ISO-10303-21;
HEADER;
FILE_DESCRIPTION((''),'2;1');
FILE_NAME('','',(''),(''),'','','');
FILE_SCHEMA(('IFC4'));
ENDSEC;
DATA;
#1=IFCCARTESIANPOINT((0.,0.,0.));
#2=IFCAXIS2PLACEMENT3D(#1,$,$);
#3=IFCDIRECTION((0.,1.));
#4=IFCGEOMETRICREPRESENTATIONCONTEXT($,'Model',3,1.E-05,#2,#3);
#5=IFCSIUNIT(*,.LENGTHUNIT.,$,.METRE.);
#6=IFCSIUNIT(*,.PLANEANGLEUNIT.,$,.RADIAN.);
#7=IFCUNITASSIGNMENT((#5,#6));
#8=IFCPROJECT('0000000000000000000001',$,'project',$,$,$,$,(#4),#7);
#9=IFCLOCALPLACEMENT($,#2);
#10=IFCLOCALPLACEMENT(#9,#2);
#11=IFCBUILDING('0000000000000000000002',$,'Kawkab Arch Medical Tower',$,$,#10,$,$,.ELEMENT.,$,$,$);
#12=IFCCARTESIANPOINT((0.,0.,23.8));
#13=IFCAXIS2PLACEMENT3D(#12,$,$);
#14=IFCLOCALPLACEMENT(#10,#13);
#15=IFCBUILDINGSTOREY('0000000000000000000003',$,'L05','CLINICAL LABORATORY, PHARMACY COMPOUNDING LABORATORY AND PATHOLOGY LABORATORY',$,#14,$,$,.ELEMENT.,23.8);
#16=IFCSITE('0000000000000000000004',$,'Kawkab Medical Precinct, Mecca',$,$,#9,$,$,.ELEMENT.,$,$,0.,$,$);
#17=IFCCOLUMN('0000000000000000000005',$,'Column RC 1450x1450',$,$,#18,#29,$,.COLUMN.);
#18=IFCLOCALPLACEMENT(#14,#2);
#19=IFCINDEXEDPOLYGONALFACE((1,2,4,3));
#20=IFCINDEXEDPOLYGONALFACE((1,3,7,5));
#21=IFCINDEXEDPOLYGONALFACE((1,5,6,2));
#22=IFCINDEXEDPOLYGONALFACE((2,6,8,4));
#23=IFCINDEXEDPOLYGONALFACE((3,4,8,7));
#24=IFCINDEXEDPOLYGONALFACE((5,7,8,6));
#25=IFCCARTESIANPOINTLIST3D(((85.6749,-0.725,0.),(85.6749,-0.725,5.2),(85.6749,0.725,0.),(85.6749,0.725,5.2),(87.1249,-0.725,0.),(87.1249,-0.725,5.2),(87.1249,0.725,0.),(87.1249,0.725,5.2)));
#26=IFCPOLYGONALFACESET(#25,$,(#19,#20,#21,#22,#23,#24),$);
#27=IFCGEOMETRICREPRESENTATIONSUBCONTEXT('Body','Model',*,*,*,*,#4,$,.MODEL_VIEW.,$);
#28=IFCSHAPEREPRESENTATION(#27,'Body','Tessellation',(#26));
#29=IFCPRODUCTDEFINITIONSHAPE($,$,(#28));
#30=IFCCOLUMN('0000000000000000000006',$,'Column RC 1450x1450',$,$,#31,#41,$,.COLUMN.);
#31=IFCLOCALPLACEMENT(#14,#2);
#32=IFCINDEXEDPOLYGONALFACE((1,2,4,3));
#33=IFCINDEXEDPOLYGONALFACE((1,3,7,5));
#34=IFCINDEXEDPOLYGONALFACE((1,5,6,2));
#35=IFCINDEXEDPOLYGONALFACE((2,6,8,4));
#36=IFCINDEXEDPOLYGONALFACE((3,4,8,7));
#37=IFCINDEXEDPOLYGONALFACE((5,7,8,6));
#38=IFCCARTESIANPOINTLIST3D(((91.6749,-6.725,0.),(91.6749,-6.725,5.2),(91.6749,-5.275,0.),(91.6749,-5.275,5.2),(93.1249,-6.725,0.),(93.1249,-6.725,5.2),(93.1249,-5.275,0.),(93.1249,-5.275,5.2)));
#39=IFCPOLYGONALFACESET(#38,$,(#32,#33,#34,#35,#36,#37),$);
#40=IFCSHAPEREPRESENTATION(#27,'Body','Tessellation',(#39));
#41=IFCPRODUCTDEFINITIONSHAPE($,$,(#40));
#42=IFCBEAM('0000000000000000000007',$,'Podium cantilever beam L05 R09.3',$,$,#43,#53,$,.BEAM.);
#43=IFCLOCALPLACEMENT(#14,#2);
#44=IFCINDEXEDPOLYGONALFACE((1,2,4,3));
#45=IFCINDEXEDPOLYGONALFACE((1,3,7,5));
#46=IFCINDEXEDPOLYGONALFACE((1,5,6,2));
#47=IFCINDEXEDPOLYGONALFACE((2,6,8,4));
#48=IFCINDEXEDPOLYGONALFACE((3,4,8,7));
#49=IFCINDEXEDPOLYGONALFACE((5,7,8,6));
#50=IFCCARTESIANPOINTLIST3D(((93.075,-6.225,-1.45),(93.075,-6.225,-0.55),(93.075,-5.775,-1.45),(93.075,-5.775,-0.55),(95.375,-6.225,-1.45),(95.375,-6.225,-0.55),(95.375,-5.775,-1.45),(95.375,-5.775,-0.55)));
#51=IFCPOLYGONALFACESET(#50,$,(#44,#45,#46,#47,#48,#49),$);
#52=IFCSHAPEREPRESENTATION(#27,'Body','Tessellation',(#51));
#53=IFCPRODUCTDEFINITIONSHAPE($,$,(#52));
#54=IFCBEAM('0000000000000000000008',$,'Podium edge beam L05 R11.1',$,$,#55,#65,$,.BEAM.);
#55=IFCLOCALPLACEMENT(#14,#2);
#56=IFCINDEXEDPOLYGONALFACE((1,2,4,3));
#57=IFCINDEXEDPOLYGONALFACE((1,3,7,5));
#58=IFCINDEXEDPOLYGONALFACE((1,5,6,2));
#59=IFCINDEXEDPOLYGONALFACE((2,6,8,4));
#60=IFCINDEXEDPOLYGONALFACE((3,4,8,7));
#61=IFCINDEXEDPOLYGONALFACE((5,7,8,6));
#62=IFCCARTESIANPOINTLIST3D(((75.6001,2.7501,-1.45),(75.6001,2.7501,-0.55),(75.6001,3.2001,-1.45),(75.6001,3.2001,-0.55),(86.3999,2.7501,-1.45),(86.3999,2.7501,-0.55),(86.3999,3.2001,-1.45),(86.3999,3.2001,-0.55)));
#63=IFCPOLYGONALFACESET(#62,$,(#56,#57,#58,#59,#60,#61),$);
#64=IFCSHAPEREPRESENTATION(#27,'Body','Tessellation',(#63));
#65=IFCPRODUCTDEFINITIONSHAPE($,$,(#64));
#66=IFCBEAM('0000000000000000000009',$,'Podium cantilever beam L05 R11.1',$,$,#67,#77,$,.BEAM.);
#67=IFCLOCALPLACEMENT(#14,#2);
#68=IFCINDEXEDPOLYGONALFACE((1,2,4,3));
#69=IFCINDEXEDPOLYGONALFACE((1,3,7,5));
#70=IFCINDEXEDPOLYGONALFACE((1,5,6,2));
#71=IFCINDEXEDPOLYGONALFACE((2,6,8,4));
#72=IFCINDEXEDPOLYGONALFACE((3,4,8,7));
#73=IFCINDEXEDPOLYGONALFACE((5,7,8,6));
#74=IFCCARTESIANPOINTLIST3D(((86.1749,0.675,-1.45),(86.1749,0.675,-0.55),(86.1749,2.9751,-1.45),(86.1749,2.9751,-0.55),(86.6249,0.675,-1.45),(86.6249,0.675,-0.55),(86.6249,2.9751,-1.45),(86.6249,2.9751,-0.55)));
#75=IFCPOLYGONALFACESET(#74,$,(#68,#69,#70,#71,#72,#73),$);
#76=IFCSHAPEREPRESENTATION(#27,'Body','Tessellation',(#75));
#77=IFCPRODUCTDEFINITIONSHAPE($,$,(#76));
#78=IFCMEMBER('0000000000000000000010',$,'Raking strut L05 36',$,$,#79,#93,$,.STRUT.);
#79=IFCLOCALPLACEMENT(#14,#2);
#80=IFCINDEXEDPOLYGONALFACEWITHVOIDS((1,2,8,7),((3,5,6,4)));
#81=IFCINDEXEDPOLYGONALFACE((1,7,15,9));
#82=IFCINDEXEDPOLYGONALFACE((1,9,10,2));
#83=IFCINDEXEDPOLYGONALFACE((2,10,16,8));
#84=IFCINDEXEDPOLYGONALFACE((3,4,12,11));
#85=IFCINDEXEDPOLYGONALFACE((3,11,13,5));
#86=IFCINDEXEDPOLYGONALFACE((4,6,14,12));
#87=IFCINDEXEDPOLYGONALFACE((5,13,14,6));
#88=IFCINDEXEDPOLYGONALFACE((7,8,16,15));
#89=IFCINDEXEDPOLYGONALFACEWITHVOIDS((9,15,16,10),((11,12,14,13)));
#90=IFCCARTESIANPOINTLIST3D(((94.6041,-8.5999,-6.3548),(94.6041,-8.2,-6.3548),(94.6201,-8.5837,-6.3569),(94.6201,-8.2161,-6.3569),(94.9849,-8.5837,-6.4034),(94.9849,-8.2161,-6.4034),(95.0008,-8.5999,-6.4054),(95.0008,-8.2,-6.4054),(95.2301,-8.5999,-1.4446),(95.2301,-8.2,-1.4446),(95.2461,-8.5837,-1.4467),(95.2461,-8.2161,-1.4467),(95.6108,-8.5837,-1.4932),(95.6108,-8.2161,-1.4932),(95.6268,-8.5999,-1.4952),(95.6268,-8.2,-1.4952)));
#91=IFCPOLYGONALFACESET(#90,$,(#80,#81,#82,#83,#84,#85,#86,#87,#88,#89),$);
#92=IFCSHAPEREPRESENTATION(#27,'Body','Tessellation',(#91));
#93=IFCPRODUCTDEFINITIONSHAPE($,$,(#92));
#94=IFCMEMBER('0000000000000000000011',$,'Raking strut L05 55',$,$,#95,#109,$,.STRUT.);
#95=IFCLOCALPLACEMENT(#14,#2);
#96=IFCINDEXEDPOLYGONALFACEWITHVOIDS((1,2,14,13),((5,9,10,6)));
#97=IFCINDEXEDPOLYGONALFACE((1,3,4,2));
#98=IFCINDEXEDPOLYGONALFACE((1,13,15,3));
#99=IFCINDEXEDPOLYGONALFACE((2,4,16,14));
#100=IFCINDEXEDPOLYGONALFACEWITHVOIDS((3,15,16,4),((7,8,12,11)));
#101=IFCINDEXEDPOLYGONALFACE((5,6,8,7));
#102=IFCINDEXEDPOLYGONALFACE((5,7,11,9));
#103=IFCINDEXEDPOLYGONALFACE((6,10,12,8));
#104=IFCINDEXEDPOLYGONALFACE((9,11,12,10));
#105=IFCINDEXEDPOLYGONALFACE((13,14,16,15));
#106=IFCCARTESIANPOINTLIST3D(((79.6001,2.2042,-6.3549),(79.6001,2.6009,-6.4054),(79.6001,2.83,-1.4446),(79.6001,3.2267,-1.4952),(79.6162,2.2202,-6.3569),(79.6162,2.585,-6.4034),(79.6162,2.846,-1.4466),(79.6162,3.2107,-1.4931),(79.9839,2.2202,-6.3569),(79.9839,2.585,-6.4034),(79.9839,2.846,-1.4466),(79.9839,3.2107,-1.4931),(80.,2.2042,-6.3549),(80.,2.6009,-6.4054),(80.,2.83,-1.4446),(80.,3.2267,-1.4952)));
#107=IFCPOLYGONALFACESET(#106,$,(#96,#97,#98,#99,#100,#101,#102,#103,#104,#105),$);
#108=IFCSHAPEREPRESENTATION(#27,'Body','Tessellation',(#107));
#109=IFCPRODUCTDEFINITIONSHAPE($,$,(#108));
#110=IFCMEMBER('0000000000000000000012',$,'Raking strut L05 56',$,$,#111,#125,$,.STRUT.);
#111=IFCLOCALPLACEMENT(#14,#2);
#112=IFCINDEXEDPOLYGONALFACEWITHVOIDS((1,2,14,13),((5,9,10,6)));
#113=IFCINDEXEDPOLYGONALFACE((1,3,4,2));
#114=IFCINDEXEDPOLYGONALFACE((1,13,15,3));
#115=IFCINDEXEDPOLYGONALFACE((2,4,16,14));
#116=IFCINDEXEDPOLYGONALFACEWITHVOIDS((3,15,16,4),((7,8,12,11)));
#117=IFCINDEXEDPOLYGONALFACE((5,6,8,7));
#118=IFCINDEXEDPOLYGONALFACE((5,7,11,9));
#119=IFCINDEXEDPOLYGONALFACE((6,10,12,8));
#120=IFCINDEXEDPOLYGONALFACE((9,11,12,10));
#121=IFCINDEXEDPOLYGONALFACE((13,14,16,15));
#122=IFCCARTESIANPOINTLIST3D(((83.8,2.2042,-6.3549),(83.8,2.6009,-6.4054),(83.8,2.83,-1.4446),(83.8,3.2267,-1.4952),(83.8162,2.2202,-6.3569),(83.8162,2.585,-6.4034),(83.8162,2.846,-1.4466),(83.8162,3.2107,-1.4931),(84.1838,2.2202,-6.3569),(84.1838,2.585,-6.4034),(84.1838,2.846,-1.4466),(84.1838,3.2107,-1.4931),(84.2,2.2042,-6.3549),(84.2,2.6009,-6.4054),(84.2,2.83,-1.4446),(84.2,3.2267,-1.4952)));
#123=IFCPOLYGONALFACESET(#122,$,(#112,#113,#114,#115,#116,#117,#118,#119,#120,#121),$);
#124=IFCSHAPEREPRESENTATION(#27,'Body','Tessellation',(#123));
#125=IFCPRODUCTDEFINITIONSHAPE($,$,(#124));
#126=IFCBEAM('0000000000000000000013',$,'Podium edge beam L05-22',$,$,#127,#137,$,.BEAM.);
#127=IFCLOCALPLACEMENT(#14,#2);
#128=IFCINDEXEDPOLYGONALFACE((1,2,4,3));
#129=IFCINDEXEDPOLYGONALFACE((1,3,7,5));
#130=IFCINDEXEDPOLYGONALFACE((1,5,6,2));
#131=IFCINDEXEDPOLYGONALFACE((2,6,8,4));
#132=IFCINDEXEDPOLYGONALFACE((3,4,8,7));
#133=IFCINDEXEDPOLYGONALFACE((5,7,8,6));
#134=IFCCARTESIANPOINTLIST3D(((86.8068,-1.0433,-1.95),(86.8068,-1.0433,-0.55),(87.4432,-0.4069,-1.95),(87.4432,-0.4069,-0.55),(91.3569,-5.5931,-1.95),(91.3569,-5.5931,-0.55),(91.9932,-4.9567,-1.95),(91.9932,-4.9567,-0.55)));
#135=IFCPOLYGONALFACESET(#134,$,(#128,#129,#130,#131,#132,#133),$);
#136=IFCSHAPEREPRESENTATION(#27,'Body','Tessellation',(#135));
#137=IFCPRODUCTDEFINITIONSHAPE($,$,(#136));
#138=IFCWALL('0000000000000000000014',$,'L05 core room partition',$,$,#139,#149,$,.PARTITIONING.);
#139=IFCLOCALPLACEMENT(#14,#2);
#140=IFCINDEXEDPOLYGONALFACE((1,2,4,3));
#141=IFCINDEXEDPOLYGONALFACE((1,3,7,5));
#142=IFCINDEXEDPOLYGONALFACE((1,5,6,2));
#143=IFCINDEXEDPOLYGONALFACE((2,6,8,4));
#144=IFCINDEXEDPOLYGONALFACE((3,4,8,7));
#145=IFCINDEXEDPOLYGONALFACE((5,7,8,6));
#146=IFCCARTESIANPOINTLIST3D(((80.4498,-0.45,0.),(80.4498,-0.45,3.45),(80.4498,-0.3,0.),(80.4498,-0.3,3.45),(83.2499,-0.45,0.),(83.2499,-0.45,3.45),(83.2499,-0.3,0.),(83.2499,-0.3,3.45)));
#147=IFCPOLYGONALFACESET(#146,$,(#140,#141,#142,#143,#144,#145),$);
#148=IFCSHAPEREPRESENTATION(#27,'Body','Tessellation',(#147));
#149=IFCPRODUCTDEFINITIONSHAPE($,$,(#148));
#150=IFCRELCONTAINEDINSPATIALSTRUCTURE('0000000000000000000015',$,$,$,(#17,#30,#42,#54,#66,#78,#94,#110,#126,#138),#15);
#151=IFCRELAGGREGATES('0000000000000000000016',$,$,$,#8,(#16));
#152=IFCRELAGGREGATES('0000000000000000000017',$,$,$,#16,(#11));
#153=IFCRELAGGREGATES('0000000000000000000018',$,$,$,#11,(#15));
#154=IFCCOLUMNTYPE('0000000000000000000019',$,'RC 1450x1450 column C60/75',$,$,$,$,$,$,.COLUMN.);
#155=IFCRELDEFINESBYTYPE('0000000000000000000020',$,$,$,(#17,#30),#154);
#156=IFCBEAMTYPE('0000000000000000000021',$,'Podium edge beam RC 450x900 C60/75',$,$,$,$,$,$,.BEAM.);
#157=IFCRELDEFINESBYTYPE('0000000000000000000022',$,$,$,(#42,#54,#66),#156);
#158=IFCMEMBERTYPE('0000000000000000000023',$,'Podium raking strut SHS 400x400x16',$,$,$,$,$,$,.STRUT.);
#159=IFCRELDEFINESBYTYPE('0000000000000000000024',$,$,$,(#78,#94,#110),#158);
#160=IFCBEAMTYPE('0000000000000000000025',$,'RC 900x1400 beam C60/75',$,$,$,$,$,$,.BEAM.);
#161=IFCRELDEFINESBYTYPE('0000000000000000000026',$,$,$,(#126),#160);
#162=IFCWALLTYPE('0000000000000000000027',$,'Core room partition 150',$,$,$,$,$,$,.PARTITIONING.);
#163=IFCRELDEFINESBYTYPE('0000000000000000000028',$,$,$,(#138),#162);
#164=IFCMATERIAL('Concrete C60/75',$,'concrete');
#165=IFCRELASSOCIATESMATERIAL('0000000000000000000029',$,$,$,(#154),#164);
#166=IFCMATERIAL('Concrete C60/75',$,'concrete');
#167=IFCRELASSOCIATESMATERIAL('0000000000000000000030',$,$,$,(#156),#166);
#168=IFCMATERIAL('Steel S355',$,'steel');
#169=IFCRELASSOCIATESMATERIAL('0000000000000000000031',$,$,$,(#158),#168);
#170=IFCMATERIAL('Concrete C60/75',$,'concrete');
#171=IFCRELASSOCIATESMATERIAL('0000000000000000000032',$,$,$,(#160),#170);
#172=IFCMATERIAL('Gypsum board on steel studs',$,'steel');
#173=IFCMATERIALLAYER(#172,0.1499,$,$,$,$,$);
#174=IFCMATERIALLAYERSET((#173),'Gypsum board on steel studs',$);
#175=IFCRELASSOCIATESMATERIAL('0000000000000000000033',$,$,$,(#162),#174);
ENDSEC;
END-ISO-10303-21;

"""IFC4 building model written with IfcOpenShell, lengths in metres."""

from ifc_helpers import new_model, si_unit, direction, frame, frame_2d, origin, origin_2d, place, context, subcontext, project, spatial, rectangle, hollow_rectangle, extrude, material, layer, layer_set, material_profile, profile_set, type_object, element, save


model = new_model("IFC4")

# Units and contexts
model_context = context("Model", 3, precision=1e-05, world=origin(), true_north=direction((0.0, 1.0)))
body_context = subcontext(model_context, "Body", "Model", "MODEL_VIEW")
ifc_project = project(units=[si_unit("LENGTHUNIT", "METRE"), si_unit("PLANEANGLEUNIT", "RADIAN")], contexts=[model_context])

# Site, building, storey
site_placement = place(None, origin())
site = spatial("IfcSite", under=ifc_project, at=site_placement, Name="Kawkab Medical Precinct, Mecca", CompositionType="ELEMENT", RefElevation=0.0)
building_placement = place(site_placement, origin())
building = spatial("IfcBuilding", under=site, at=building_placement, Name="Kawkab Arch Medical Tower", CompositionType="ELEMENT")
storey_placement = place(building_placement, frame((0.0, 0.0, 23.8)))
storey = spatial("IfcBuildingStorey", under=building, at=storey_placement, Name="L05", Description="CLINICAL LABORATORY, PHARMACY COMPOUNDING LABORATORY AND PATHOLOGY LABORATORY", CompositionType="ELEMENT", Elevation=23.8)

# Columns
ifc_material_1 = material(Name="Concrete C60/75", Category="concrete")
ifc_material_profile_1 = material_profile(ifc_material_1, rectangle(XDim=1.45, YDim=1.45, at=origin_2d()), Name="RC 1450x1450")
ifc_profile_set_1 = profile_set([ifc_material_profile_1], Name="Concrete C60/75")
column_type = type_object("IfcColumnType", Name="RC 1450x1450 column C60/75", PredefinedType="COLUMN", material=ifc_profile_set_1)
for number, where, z_axis, x_axis, name in (
    (1, (86.3999, 0.0, 0.0), (0.0, 0.0, 1.0), (1.0, 0.0, 0.0), "Column RC 1450x1450"),
    (2, (92.3999, -6.0, 0.0), (0.0, 0.0, 1.0), (1.0, 0.0, 0.0), "Column RC 1450x1450"),
):
    element("IfcColumn", number, at=place(storey_placement, frame(where, z_axis=z_axis, x_axis=x_axis)), inside=storey, type_object=column_type, Name=name, PredefinedType="COLUMN", context=body_context, shape_type="SweptSolid", body=[
        extrude(rectangle(XDim=1.45, YDim=1.45, at=origin_2d()), origin(), (0.0, 0.0, 1.0), 5.2),
    ])

# Beams
ifc_material_2 = material(Name="Concrete C60/75", Category="concrete")
ifc_material_profile_2 = material_profile(ifc_material_2, rectangle(XDim=0.45, YDim=0.8999, at=origin_2d()), Name="RC 450x900")
ifc_profile_set_2 = profile_set([ifc_material_profile_2], Name="Concrete C60/75")
beam_type_1 = type_object("IfcBeamType", Name="Podium edge beam RC 450x900 C60/75", PredefinedType="BEAM", material=ifc_profile_set_2)
beam_1_placement = place(storey_placement, frame((93.075, -6.0, -1.0), z_axis=(1.0, 0.0, 0.0), x_axis=(0.0, 1.0, 0.0)))
element("IfcBeam", 3, at=beam_1_placement, inside=storey, type_object=beam_type_1, Name="Podium cantilever beam L05 R09.3", PredefinedType="BEAM", context=body_context, shape_type="SweptSolid", body=[
    extrude(rectangle(XDim=0.45, YDim=0.8999, at=origin_2d()), origin(), (0.0, 0.0, 1.0), 2.3),
])
beam_2_placement = place(storey_placement, frame((86.3999, 2.9751, -1.0), z_axis=(-1.0, 0.0, 0.0), x_axis=(0.0, -1.0, 0.0)))
element("IfcBeam", 4, at=beam_2_placement, inside=storey, type_object=beam_type_1, Name="Podium edge beam L05 R11.1", PredefinedType="BEAM", context=body_context, shape_type="SweptSolid", body=[
    extrude(rectangle(XDim=0.45, YDim=0.8999, at=origin_2d()), origin(), (0.0, 0.0, 1.0), 10.7998),
])
beam_3_placement = place(storey_placement, frame((86.3999, 0.675, -1.0), z_axis=(0.0, 1.0, 0.0), x_axis=(-1.0, 0.0, 0.0)))
element("IfcBeam", 5, at=beam_3_placement, inside=storey, type_object=beam_type_1, Name="Podium cantilever beam L05 R11.1", PredefinedType="BEAM", context=body_context, shape_type="SweptSolid", body=[
    extrude(rectangle(XDim=0.45, YDim=0.8999, at=origin_2d()), origin(), (0.0, 0.0, 1.0), 2.3),
])

# Members
ifc_material_3 = material(Name="Steel S355", Category="steel")
ifc_material_profile_3 = material_profile(ifc_material_3, hollow_rectangle(XDim=0.3999, YDim=0.3999, WallThickness=0.0161, at=origin_2d()), Name="SHS 400x400x16")
ifc_profile_set_3 = profile_set([ifc_material_profile_3], Name="Steel S355")
member_type = type_object("IfcMemberType", Name="Podium raking strut SHS 400x400x16", PredefinedType="STRUT", material=ifc_profile_set_3)
for number, where, z_axis, x_axis, name in (
    (6, (94.8025, -8.3999, -6.3801), (0.126463, 0.0, 0.991971), (0.0, 1.0, 0.0), "Raking strut L05 36"),
    (7, (79.8, 2.4026, -6.3801), (0.0, 0.126414, 0.991978), (-1.0, 0.0, 0.0), "Raking strut L05 55"),
    (8, (84.0, 2.4026, -6.3801), (0.0, 0.126414, 0.991978), (-1.0, 0.0, 0.0), "Raking strut L05 56"),
):
    element("IfcMember", number, at=place(storey_placement, frame(where, z_axis=z_axis, x_axis=x_axis)), inside=storey, type_object=member_type, Name=name, PredefinedType="STRUT", context=body_context, shape_type="SweptSolid", body=[
        extrude(hollow_rectangle(XDim=0.3999, YDim=0.3999, WallThickness=0.0161, at=origin_2d()), origin(), (0.0, 0.0, 1.0), 4.95),
    ])

# Beam
ifc_material_4 = material(Name="Concrete C60/75", Category="concrete")
ifc_material_profile_4 = material_profile(ifc_material_4, rectangle(XDim=0.8999, YDim=1.3999, at=origin_2d()), Name="RC 900x1400")
ifc_profile_set_4 = profile_set([ifc_material_profile_4], Name="Concrete C60/75")
beam_type_2 = type_object("IfcBeamType", Name="RC 900x1400 beam C60/75", PredefinedType="BEAM", material=ifc_profile_set_4)
beam_4_placement = place(storey_placement, frame((91.675, -5.2749, -1.25), z_axis=(-0.707126, 0.707088, 0.0), x_axis=(-0.707088, -0.707126, 0.0)))
element("IfcBeam", 9, at=beam_4_placement, inside=storey, type_object=beam_type_2, Name="Podium edge beam L05-22", PredefinedType="BEAM", context=body_context, shape_type="SweptSolid", body=[
    extrude(rectangle(XDim=0.8999, YDim=1.3999, at=origin_2d()), origin(), (0.0, 0.0, 1.0), 6.4346),
])

# Wall
ifc_material_5 = material(Name="Gypsum board on steel studs", Category="steel")
ifc_layer_1 = layer(ifc_material_5, 0.1499)
ifc_layer_set_1 = layer_set([ifc_layer_1], Name="Gypsum board on steel studs")
wall_type_1 = type_object("IfcWallType", Name="Core room partition 150", PredefinedType="PARTITIONING", material=ifc_layer_set_1)
wall_1_placement = place(storey_placement, frame((80.45, -0.375, 0.0), z_axis=(0.0, 0.0, 1.0), x_axis=(1.0, 0.0, 0.0)))
element("IfcWall", 10, at=wall_1_placement, inside=storey, type_object=wall_type_1, Name="L05 core room partition", PredefinedType="PARTITIONING", context=body_context, shape_type="SweptSolid", body=[
    extrude(rectangle(XDim=2.8, YDim=0.1499, at=frame_2d((1.3999, 0.0))), origin(), (0.0, 0.0, 1.0), 3.45),
])

save(model, "model.ifc")
